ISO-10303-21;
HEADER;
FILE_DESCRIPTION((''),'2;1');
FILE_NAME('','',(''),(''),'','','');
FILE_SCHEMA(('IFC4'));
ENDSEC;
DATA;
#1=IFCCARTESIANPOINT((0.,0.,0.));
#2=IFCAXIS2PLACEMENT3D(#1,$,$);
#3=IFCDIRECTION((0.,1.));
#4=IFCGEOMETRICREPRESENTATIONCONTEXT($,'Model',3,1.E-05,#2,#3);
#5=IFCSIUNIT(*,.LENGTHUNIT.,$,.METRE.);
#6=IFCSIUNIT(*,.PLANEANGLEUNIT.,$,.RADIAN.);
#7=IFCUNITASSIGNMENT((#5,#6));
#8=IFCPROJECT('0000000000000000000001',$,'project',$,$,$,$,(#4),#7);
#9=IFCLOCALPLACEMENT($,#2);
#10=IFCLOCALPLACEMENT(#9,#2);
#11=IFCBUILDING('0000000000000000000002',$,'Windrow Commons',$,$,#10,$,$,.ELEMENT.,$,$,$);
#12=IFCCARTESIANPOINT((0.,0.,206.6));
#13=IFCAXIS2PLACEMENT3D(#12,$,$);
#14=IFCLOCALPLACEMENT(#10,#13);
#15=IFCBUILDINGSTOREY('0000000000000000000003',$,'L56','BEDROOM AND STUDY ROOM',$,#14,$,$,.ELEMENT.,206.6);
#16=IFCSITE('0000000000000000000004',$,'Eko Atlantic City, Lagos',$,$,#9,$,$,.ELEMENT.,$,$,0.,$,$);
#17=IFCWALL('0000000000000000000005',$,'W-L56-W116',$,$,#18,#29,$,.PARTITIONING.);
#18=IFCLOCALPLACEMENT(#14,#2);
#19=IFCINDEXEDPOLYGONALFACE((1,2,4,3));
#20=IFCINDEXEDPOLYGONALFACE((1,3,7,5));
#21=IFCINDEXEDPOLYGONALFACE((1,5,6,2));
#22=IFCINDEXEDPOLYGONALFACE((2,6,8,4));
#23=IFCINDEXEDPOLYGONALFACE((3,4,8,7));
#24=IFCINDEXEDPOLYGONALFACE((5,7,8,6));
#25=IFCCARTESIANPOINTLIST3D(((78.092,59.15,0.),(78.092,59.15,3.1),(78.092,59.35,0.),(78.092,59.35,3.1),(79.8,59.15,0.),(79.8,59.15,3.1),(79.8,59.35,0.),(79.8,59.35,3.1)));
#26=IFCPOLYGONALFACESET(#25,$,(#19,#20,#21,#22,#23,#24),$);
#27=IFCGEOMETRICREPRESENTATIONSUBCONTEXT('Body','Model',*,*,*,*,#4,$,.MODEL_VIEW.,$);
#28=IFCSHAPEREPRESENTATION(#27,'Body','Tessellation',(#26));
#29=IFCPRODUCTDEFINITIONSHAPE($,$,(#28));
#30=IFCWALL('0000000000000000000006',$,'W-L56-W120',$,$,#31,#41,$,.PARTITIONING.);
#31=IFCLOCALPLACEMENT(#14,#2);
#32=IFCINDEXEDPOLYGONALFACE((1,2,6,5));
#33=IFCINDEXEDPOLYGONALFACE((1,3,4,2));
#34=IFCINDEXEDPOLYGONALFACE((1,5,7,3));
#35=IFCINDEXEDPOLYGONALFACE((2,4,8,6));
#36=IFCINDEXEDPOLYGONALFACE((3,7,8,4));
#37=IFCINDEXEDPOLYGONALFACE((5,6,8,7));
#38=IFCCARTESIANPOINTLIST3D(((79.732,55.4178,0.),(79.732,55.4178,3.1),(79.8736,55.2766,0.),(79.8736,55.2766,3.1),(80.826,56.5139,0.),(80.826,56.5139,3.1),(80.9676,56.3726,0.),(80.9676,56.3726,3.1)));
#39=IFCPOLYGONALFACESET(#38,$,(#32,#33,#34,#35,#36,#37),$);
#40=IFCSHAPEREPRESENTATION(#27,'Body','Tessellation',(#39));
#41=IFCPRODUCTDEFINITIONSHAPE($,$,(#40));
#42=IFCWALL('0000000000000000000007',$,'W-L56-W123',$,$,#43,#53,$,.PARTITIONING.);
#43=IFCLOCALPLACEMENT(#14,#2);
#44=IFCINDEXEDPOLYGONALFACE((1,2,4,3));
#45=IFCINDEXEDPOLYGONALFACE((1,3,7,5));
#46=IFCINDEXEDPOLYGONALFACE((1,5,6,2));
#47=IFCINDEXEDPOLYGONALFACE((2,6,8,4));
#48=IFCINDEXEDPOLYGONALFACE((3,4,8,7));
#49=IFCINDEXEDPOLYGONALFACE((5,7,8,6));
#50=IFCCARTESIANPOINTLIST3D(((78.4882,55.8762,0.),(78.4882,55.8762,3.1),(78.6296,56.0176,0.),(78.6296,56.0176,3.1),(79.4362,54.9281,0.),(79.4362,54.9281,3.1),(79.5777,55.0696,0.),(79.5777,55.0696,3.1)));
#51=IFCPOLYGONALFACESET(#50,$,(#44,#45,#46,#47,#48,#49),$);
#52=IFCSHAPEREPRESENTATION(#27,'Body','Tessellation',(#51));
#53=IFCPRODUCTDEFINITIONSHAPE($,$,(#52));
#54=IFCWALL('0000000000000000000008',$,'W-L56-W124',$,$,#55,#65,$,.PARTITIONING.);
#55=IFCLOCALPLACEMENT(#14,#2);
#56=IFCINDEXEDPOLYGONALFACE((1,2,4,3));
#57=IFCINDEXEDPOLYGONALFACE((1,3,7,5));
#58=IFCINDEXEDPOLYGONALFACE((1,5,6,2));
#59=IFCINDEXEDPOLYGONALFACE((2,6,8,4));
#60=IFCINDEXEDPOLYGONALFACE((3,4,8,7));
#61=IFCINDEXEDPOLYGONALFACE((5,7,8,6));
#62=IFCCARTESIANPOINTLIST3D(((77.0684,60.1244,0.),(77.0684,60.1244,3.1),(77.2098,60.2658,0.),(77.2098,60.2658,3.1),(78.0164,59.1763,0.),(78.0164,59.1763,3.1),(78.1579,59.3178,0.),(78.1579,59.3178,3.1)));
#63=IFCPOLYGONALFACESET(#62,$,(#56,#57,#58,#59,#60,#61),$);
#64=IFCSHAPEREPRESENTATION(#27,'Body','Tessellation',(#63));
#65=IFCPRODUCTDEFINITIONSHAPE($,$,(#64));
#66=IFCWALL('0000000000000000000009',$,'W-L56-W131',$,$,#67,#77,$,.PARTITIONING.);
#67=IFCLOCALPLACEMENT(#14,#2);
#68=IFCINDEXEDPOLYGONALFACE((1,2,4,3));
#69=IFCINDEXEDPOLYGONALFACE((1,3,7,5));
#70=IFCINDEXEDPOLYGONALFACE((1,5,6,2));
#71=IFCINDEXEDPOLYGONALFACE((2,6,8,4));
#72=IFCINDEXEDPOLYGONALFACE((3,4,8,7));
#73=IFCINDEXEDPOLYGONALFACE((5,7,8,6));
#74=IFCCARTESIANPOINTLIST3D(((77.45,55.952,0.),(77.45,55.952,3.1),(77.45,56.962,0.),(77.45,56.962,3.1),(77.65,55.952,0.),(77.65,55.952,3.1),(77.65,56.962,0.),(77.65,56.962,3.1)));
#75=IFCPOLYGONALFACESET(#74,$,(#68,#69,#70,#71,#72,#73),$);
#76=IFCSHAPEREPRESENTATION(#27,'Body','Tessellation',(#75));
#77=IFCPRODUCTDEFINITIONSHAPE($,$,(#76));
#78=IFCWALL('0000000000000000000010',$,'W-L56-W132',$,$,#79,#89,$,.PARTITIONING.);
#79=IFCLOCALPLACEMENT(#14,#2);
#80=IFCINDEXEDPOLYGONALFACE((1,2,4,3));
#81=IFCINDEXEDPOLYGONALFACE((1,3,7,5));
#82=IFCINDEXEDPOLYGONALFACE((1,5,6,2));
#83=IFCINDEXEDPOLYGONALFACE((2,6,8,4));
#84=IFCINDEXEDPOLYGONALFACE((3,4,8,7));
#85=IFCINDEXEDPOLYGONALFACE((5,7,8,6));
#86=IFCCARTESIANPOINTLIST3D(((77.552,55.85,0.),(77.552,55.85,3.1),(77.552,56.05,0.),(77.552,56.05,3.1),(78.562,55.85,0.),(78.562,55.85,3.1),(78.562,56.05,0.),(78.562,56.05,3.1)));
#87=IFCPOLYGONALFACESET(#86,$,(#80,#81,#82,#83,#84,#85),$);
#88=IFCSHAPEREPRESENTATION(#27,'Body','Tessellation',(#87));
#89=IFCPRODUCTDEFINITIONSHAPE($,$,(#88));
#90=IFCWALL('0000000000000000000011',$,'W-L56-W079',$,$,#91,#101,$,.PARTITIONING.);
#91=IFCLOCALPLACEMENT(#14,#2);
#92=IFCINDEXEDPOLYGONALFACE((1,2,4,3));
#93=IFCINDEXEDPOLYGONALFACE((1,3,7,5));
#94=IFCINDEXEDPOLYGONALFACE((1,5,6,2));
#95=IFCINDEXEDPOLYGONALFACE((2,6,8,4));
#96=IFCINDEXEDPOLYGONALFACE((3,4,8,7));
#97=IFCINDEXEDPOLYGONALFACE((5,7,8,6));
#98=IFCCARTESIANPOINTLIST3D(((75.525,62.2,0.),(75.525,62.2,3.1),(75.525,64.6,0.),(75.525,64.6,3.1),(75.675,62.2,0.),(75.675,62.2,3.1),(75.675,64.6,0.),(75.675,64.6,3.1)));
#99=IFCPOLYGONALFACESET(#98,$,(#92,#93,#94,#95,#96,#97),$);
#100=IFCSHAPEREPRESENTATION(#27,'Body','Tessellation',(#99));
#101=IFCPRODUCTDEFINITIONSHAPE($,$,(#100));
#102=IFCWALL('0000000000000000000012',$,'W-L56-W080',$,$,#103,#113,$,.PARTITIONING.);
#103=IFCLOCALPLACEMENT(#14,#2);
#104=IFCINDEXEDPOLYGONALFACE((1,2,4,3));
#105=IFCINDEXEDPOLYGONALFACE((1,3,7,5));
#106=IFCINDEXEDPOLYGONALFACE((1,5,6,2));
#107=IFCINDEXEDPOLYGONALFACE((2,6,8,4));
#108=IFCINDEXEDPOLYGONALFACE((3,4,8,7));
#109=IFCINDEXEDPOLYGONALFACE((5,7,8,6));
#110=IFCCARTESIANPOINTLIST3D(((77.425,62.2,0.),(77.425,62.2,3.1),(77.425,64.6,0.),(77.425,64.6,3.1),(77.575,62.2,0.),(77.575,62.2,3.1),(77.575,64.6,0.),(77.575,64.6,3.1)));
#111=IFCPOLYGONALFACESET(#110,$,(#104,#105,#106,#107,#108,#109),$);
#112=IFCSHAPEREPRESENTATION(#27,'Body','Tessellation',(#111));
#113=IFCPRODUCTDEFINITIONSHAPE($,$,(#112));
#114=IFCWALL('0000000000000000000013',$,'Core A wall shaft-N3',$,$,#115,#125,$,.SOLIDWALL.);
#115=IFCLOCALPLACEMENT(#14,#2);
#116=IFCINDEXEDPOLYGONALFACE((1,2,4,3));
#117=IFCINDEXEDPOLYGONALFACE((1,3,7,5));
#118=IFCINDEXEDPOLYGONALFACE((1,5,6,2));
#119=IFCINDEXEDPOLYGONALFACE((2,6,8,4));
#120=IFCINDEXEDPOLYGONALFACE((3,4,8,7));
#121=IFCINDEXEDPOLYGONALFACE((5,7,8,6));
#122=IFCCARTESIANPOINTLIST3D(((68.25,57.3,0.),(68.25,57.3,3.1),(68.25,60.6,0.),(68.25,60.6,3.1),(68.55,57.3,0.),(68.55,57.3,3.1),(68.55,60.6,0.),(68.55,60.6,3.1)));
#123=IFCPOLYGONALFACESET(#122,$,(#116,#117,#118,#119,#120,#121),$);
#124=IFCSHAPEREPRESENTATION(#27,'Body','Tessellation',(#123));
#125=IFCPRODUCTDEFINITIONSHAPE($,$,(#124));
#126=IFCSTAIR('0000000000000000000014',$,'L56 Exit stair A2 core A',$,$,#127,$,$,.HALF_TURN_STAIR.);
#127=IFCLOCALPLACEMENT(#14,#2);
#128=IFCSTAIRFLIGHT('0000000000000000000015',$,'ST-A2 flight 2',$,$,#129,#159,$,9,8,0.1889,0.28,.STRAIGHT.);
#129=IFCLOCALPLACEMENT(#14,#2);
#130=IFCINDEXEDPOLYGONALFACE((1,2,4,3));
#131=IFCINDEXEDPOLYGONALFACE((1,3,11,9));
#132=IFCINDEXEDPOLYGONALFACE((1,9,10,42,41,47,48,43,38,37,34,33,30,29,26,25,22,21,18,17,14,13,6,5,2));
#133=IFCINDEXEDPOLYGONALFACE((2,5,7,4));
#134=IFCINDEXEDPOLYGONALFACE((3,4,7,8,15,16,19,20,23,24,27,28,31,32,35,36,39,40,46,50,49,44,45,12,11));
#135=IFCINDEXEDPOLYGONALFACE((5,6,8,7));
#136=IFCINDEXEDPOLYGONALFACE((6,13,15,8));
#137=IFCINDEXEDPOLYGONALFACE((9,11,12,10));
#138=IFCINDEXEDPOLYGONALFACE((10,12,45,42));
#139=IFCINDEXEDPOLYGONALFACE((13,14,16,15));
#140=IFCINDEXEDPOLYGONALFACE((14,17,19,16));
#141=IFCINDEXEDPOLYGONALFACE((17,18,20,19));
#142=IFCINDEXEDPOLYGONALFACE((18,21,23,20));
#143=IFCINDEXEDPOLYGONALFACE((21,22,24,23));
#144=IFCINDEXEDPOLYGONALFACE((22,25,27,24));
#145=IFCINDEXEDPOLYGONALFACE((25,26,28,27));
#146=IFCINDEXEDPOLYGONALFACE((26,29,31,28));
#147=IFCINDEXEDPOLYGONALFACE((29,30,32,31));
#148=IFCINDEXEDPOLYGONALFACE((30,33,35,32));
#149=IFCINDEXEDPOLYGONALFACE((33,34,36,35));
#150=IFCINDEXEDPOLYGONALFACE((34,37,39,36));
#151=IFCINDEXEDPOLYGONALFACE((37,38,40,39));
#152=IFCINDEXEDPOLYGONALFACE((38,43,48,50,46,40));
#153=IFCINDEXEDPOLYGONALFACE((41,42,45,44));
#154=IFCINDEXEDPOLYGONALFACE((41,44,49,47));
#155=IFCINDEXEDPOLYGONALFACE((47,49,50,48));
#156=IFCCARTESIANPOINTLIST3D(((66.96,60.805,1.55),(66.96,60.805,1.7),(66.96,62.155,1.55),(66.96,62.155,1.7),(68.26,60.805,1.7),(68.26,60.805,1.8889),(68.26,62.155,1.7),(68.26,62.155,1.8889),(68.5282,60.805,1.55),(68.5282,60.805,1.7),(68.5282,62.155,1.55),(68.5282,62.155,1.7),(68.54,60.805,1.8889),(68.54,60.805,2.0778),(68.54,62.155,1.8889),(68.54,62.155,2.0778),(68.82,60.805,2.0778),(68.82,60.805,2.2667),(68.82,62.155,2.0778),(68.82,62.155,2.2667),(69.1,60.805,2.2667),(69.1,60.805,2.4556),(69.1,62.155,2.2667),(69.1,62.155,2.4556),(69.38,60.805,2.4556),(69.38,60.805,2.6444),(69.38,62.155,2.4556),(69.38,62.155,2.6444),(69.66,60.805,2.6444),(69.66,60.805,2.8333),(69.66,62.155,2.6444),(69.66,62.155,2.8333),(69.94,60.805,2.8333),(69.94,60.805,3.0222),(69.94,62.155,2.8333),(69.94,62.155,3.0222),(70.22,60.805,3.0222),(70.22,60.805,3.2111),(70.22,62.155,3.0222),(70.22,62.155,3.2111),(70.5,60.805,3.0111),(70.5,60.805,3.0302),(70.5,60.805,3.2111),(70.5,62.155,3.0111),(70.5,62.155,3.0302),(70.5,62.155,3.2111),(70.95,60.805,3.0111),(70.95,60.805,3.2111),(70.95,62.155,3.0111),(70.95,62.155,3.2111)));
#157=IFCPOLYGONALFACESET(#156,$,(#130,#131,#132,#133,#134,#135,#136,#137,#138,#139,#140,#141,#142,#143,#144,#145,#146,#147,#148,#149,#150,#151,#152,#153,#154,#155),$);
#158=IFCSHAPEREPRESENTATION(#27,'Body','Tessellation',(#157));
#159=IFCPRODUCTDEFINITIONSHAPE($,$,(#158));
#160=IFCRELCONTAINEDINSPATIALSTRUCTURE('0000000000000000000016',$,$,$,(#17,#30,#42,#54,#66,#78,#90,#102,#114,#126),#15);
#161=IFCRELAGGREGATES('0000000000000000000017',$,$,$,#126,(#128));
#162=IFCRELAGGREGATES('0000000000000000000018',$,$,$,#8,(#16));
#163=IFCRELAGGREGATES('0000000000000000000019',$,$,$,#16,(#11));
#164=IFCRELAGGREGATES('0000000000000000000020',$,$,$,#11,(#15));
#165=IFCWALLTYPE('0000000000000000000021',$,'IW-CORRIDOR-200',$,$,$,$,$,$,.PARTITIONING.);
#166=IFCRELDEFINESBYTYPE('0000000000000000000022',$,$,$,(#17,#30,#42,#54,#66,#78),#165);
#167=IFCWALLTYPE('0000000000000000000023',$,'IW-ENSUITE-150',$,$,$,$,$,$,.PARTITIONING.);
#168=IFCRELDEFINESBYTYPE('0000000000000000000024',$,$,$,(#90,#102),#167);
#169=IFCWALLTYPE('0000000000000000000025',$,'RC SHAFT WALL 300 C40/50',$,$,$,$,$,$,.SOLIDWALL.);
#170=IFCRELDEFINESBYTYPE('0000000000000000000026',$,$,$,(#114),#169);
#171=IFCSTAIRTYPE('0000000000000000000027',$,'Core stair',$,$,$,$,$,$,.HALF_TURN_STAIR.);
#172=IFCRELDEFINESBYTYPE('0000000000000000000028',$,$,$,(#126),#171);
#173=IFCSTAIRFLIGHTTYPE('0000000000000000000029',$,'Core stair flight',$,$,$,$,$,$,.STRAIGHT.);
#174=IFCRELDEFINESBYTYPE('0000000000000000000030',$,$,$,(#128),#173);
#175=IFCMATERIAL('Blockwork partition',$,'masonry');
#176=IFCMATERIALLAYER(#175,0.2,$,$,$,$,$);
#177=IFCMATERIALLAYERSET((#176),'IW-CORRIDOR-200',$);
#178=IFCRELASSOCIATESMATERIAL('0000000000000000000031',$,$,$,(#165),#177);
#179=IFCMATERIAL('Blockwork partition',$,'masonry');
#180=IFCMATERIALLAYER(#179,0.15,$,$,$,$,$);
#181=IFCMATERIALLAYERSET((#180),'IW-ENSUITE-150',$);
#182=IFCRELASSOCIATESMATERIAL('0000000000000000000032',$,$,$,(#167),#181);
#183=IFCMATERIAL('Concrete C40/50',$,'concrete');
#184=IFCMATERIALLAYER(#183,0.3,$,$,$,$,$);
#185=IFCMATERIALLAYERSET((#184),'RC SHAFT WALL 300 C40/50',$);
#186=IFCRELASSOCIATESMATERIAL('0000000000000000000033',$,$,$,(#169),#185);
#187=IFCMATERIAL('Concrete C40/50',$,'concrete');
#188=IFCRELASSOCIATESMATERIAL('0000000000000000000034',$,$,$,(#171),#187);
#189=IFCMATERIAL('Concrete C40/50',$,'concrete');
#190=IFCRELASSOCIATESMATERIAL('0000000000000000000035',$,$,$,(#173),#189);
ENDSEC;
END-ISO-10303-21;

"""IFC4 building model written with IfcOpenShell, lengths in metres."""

from ifc_helpers import new_model, si_unit, direction, frame, frame_2d, origin, place, context, subcontext, project, spatial, polyline, rectangle, outline, extrude, material, layer, layer_set, type_object, element, aggregate, save


model = new_model("IFC4")

# Units and contexts
model_context = context("Model", 3, precision=1e-05, world=origin(), true_north=direction((0.0, 1.0)))
body_context = subcontext(model_context, "Body", "Model", "MODEL_VIEW")
ifc_project = project(units=[si_unit("LENGTHUNIT", "METRE"), si_unit("PLANEANGLEUNIT", "RADIAN")], contexts=[model_context])

# Site, building, storey
site_placement = place(None, origin())
site = spatial("IfcSite", under=ifc_project, at=site_placement, Name="Eko Atlantic City, Lagos", CompositionType="ELEMENT", RefElevation=0.0)
building_placement = place(site_placement, origin())
building = spatial("IfcBuilding", under=site, at=building_placement, Name="Windrow Commons", CompositionType="ELEMENT")
storey_placement = place(building_placement, frame((0.0, 0.0, 206.6)))
storey = spatial("IfcBuildingStorey", under=building, at=storey_placement, Name="L56", Description="BEDROOM AND STUDY ROOM", CompositionType="ELEMENT", Elevation=206.6)

# Shared definitions
ifc_material_1 = material(Name="Blockwork partition", Category="masonry")
ifc_layer_1 = layer(ifc_material_1, 0.2)
ifc_layer_set_1 = layer_set([ifc_layer_1], Name="IW-CORRIDOR-200")
wall_type_1 = type_object("IfcWallType", Name="IW-CORRIDOR-200", PredefinedType="PARTITIONING", material=ifc_layer_set_1)

# Walls
wall_1_placement = place(storey_placement, frame((78.092, 59.25, 0.0), z_axis=(0.0, 0.0, 1.0), x_axis=(1.0, 0.0, 0.0)))
element("IfcWall", 1, at=wall_1_placement, inside=storey, type_object=wall_type_1, Name="W-L56-W116", PredefinedType="PARTITIONING", context=body_context, shape_type="SweptSolid", body=[
    extrude(rectangle(XDim=1.708, YDim=0.2, at=frame_2d((0.854, 0.0))), origin(), (0.0, 0.0, 1.0), 3.1),
])
wall_2_placement = place(storey_placement, frame((79.8028, 55.3472, 0.0), z_axis=(0.0, 0.0, 1.0), x_axis=(0.706461, 0.707752, 0.0)))
element("IfcWall", 2, at=wall_2_placement, inside=storey, type_object=wall_type_1, Name="W-L56-W120", PredefinedType="PARTITIONING", context=body_context, shape_type="SweptSolid", body=[
    extrude(rectangle(XDim=1.5486, YDim=0.2, at=frame_2d((0.7743, 0.0))), origin(), (0.0, 0.0, 1.0), 3.1),
])
for number, where, z_axis, x_axis, name in (
    (3, (78.5589, 55.9469, 0.0), (0.0, 0.0, 1.0), (0.707107, -0.707107, 0.0), "W-L56-W123"),
    (4, (77.1391, 60.1951, 0.0), (0.0, 0.0, 1.0), (0.707107, -0.707107, 0.0), "W-L56-W124"),
):
    element("IfcWall", number, at=place(storey_placement, frame(where, z_axis=z_axis, x_axis=x_axis)), inside=storey, type_object=wall_type_1, Name=name, PredefinedType="PARTITIONING", context=body_context, shape_type="SweptSolid", body=[
        extrude(rectangle(XDim=1.3407, YDim=0.2, at=frame_2d((0.6704, 0.0))), origin(), (0.0, 0.0, 1.0), 3.1),
    ])
for number, where, z_axis, x_axis, name in (
    (5, (77.55, 55.952, 0.0), (0.0, 0.0, 1.0), (0.0, 1.0, 0.0), "W-L56-W131"),
    (6, (77.552, 55.95, 0.0), (0.0, 0.0, 1.0), (1.0, 0.0, 0.0), "W-L56-W132"),
):
    element("IfcWall", number, at=place(storey_placement, frame(where, z_axis=z_axis, x_axis=x_axis)), inside=storey, type_object=wall_type_1, Name=name, PredefinedType="PARTITIONING", context=body_context, shape_type="SweptSolid", body=[
        extrude(rectangle(XDim=1.01, YDim=0.2, at=frame_2d((0.505, 0.0))), origin(), (0.0, 0.0, 1.0), 3.1),
    ])
ifc_material_2 = material(Name="Blockwork partition", Category="masonry")
ifc_layer_2 = layer(ifc_material_2, 0.15)
ifc_layer_set_2 = layer_set([ifc_layer_2], Name="IW-ENSUITE-150")
wall_type_2 = type_object("IfcWallType", Name="IW-ENSUITE-150", PredefinedType="PARTITIONING", material=ifc_layer_set_2)
for number, where, z_axis, x_axis, name in (
    (7, (75.6, 62.2, 0.0), (0.0, 0.0, 1.0), (0.0, 1.0, 0.0), "W-L56-W079"),
    (8, (77.5, 62.2, 0.0), (0.0, 0.0, 1.0), (0.0, 1.0, 0.0), "W-L56-W080"),
):
    element("IfcWall", number, at=place(storey_placement, frame(where, z_axis=z_axis, x_axis=x_axis)), inside=storey, type_object=wall_type_2, Name=name, PredefinedType="PARTITIONING", context=body_context, shape_type="SweptSolid", body=[
        extrude(rectangle(XDim=2.4, YDim=0.15, at=frame_2d((1.2, 0.0))), origin(), (0.0, 0.0, 1.0), 3.1),
    ])
ifc_material_3 = material(Name="Concrete C40/50", Category="concrete")
ifc_layer_3 = layer(ifc_material_3, 0.3)
ifc_layer_set_3 = layer_set([ifc_layer_3], Name="RC SHAFT WALL 300 C40/50")
wall_type_3 = type_object("IfcWallType", Name="RC SHAFT WALL 300 C40/50", PredefinedType="SOLIDWALL", material=ifc_layer_set_3)
wall_3_placement = place(storey_placement, frame((68.4, 57.3, 0.0), z_axis=(0.0, 0.0, 1.0), x_axis=(0.0, 1.0, 0.0)))
element("IfcWall", 9, at=wall_3_placement, inside=storey, type_object=wall_type_3, Name="Core A wall shaft-N3", PredefinedType="SOLIDWALL", context=body_context, shape_type="SweptSolid", body=[
    extrude(rectangle(XDim=3.3, YDim=0.3, at=frame_2d((1.65, 0.0))), origin(), (0.0, 0.0, 1.0), 3.1),
])

# Stair, stair flight
ifc_material_4 = material(Name="Concrete C40/50", Category="concrete")
stair_type = type_object("IfcStairType", Name="Core stair", PredefinedType="HALF_TURN_STAIR", material=ifc_material_4)
stair_placement = place(storey_placement, origin())
stair = element("IfcStair", 10, at=stair_placement, inside=storey, type_object=stair_type, Name="L56 Exit stair A2 core A", PredefinedType="HALF_TURN_STAIR")
ifc_material_5 = material(Name="Concrete C40/50", Category="concrete")
stair_flight_type = type_object("IfcStairFlightType", Name="Core stair flight", PredefinedType="STRAIGHT", material=ifc_material_5)
stair_flight_placement = place(storey_placement, frame((68.26, 61.48, 1.7), z_axis=(0.0, 0.0, 1.0), x_axis=(1.0, 0.0, 0.0)))
stair_flight = element("IfcStairFlight", 11, at=stair_flight_placement, type_object=stair_flight_type, Name="ST-A2 flight 2", NumberOfRisers=9, NumberOfTreads=8, PredefinedType="STRAIGHT", RiserHeight=0.1889, TreadLength=0.28, context=body_context, shape_type="SweptSolid", body=[
    extrude(outline(polyline([(-1.3, -0.15), (-1.3, 0.0), (0.0, 0.0), (0.0, 0.1889), (0.28, 0.1889), (0.28, 0.3778), (0.56, 0.3778), (0.56, 0.5667), (0.84, 0.5667), (0.84, 0.7556), (1.12, 0.7556), (1.12, 0.9444), (1.4, 0.9444), (1.4, 1.1333), (1.68, 1.1333), (1.68, 1.3222), (1.96, 1.3222), (1.96, 1.5111), (2.24, 1.5111), (2.69, 1.5111), (2.69, 1.3111), (2.24, 1.3111), (2.24, 1.3302), (0.2682, 0.0), (0.2682, -0.15), (-1.3, -0.15)])), frame((0.0, 0.675, 0.0), z_axis=(0.0, -1.0, 0.0), x_axis=(1.0, 0.0, 0.0)), (0.0, 0.0, 1.0), 1.35),
])
aggregate(stair, [stair_flight])

save(model, "model.ifc")
